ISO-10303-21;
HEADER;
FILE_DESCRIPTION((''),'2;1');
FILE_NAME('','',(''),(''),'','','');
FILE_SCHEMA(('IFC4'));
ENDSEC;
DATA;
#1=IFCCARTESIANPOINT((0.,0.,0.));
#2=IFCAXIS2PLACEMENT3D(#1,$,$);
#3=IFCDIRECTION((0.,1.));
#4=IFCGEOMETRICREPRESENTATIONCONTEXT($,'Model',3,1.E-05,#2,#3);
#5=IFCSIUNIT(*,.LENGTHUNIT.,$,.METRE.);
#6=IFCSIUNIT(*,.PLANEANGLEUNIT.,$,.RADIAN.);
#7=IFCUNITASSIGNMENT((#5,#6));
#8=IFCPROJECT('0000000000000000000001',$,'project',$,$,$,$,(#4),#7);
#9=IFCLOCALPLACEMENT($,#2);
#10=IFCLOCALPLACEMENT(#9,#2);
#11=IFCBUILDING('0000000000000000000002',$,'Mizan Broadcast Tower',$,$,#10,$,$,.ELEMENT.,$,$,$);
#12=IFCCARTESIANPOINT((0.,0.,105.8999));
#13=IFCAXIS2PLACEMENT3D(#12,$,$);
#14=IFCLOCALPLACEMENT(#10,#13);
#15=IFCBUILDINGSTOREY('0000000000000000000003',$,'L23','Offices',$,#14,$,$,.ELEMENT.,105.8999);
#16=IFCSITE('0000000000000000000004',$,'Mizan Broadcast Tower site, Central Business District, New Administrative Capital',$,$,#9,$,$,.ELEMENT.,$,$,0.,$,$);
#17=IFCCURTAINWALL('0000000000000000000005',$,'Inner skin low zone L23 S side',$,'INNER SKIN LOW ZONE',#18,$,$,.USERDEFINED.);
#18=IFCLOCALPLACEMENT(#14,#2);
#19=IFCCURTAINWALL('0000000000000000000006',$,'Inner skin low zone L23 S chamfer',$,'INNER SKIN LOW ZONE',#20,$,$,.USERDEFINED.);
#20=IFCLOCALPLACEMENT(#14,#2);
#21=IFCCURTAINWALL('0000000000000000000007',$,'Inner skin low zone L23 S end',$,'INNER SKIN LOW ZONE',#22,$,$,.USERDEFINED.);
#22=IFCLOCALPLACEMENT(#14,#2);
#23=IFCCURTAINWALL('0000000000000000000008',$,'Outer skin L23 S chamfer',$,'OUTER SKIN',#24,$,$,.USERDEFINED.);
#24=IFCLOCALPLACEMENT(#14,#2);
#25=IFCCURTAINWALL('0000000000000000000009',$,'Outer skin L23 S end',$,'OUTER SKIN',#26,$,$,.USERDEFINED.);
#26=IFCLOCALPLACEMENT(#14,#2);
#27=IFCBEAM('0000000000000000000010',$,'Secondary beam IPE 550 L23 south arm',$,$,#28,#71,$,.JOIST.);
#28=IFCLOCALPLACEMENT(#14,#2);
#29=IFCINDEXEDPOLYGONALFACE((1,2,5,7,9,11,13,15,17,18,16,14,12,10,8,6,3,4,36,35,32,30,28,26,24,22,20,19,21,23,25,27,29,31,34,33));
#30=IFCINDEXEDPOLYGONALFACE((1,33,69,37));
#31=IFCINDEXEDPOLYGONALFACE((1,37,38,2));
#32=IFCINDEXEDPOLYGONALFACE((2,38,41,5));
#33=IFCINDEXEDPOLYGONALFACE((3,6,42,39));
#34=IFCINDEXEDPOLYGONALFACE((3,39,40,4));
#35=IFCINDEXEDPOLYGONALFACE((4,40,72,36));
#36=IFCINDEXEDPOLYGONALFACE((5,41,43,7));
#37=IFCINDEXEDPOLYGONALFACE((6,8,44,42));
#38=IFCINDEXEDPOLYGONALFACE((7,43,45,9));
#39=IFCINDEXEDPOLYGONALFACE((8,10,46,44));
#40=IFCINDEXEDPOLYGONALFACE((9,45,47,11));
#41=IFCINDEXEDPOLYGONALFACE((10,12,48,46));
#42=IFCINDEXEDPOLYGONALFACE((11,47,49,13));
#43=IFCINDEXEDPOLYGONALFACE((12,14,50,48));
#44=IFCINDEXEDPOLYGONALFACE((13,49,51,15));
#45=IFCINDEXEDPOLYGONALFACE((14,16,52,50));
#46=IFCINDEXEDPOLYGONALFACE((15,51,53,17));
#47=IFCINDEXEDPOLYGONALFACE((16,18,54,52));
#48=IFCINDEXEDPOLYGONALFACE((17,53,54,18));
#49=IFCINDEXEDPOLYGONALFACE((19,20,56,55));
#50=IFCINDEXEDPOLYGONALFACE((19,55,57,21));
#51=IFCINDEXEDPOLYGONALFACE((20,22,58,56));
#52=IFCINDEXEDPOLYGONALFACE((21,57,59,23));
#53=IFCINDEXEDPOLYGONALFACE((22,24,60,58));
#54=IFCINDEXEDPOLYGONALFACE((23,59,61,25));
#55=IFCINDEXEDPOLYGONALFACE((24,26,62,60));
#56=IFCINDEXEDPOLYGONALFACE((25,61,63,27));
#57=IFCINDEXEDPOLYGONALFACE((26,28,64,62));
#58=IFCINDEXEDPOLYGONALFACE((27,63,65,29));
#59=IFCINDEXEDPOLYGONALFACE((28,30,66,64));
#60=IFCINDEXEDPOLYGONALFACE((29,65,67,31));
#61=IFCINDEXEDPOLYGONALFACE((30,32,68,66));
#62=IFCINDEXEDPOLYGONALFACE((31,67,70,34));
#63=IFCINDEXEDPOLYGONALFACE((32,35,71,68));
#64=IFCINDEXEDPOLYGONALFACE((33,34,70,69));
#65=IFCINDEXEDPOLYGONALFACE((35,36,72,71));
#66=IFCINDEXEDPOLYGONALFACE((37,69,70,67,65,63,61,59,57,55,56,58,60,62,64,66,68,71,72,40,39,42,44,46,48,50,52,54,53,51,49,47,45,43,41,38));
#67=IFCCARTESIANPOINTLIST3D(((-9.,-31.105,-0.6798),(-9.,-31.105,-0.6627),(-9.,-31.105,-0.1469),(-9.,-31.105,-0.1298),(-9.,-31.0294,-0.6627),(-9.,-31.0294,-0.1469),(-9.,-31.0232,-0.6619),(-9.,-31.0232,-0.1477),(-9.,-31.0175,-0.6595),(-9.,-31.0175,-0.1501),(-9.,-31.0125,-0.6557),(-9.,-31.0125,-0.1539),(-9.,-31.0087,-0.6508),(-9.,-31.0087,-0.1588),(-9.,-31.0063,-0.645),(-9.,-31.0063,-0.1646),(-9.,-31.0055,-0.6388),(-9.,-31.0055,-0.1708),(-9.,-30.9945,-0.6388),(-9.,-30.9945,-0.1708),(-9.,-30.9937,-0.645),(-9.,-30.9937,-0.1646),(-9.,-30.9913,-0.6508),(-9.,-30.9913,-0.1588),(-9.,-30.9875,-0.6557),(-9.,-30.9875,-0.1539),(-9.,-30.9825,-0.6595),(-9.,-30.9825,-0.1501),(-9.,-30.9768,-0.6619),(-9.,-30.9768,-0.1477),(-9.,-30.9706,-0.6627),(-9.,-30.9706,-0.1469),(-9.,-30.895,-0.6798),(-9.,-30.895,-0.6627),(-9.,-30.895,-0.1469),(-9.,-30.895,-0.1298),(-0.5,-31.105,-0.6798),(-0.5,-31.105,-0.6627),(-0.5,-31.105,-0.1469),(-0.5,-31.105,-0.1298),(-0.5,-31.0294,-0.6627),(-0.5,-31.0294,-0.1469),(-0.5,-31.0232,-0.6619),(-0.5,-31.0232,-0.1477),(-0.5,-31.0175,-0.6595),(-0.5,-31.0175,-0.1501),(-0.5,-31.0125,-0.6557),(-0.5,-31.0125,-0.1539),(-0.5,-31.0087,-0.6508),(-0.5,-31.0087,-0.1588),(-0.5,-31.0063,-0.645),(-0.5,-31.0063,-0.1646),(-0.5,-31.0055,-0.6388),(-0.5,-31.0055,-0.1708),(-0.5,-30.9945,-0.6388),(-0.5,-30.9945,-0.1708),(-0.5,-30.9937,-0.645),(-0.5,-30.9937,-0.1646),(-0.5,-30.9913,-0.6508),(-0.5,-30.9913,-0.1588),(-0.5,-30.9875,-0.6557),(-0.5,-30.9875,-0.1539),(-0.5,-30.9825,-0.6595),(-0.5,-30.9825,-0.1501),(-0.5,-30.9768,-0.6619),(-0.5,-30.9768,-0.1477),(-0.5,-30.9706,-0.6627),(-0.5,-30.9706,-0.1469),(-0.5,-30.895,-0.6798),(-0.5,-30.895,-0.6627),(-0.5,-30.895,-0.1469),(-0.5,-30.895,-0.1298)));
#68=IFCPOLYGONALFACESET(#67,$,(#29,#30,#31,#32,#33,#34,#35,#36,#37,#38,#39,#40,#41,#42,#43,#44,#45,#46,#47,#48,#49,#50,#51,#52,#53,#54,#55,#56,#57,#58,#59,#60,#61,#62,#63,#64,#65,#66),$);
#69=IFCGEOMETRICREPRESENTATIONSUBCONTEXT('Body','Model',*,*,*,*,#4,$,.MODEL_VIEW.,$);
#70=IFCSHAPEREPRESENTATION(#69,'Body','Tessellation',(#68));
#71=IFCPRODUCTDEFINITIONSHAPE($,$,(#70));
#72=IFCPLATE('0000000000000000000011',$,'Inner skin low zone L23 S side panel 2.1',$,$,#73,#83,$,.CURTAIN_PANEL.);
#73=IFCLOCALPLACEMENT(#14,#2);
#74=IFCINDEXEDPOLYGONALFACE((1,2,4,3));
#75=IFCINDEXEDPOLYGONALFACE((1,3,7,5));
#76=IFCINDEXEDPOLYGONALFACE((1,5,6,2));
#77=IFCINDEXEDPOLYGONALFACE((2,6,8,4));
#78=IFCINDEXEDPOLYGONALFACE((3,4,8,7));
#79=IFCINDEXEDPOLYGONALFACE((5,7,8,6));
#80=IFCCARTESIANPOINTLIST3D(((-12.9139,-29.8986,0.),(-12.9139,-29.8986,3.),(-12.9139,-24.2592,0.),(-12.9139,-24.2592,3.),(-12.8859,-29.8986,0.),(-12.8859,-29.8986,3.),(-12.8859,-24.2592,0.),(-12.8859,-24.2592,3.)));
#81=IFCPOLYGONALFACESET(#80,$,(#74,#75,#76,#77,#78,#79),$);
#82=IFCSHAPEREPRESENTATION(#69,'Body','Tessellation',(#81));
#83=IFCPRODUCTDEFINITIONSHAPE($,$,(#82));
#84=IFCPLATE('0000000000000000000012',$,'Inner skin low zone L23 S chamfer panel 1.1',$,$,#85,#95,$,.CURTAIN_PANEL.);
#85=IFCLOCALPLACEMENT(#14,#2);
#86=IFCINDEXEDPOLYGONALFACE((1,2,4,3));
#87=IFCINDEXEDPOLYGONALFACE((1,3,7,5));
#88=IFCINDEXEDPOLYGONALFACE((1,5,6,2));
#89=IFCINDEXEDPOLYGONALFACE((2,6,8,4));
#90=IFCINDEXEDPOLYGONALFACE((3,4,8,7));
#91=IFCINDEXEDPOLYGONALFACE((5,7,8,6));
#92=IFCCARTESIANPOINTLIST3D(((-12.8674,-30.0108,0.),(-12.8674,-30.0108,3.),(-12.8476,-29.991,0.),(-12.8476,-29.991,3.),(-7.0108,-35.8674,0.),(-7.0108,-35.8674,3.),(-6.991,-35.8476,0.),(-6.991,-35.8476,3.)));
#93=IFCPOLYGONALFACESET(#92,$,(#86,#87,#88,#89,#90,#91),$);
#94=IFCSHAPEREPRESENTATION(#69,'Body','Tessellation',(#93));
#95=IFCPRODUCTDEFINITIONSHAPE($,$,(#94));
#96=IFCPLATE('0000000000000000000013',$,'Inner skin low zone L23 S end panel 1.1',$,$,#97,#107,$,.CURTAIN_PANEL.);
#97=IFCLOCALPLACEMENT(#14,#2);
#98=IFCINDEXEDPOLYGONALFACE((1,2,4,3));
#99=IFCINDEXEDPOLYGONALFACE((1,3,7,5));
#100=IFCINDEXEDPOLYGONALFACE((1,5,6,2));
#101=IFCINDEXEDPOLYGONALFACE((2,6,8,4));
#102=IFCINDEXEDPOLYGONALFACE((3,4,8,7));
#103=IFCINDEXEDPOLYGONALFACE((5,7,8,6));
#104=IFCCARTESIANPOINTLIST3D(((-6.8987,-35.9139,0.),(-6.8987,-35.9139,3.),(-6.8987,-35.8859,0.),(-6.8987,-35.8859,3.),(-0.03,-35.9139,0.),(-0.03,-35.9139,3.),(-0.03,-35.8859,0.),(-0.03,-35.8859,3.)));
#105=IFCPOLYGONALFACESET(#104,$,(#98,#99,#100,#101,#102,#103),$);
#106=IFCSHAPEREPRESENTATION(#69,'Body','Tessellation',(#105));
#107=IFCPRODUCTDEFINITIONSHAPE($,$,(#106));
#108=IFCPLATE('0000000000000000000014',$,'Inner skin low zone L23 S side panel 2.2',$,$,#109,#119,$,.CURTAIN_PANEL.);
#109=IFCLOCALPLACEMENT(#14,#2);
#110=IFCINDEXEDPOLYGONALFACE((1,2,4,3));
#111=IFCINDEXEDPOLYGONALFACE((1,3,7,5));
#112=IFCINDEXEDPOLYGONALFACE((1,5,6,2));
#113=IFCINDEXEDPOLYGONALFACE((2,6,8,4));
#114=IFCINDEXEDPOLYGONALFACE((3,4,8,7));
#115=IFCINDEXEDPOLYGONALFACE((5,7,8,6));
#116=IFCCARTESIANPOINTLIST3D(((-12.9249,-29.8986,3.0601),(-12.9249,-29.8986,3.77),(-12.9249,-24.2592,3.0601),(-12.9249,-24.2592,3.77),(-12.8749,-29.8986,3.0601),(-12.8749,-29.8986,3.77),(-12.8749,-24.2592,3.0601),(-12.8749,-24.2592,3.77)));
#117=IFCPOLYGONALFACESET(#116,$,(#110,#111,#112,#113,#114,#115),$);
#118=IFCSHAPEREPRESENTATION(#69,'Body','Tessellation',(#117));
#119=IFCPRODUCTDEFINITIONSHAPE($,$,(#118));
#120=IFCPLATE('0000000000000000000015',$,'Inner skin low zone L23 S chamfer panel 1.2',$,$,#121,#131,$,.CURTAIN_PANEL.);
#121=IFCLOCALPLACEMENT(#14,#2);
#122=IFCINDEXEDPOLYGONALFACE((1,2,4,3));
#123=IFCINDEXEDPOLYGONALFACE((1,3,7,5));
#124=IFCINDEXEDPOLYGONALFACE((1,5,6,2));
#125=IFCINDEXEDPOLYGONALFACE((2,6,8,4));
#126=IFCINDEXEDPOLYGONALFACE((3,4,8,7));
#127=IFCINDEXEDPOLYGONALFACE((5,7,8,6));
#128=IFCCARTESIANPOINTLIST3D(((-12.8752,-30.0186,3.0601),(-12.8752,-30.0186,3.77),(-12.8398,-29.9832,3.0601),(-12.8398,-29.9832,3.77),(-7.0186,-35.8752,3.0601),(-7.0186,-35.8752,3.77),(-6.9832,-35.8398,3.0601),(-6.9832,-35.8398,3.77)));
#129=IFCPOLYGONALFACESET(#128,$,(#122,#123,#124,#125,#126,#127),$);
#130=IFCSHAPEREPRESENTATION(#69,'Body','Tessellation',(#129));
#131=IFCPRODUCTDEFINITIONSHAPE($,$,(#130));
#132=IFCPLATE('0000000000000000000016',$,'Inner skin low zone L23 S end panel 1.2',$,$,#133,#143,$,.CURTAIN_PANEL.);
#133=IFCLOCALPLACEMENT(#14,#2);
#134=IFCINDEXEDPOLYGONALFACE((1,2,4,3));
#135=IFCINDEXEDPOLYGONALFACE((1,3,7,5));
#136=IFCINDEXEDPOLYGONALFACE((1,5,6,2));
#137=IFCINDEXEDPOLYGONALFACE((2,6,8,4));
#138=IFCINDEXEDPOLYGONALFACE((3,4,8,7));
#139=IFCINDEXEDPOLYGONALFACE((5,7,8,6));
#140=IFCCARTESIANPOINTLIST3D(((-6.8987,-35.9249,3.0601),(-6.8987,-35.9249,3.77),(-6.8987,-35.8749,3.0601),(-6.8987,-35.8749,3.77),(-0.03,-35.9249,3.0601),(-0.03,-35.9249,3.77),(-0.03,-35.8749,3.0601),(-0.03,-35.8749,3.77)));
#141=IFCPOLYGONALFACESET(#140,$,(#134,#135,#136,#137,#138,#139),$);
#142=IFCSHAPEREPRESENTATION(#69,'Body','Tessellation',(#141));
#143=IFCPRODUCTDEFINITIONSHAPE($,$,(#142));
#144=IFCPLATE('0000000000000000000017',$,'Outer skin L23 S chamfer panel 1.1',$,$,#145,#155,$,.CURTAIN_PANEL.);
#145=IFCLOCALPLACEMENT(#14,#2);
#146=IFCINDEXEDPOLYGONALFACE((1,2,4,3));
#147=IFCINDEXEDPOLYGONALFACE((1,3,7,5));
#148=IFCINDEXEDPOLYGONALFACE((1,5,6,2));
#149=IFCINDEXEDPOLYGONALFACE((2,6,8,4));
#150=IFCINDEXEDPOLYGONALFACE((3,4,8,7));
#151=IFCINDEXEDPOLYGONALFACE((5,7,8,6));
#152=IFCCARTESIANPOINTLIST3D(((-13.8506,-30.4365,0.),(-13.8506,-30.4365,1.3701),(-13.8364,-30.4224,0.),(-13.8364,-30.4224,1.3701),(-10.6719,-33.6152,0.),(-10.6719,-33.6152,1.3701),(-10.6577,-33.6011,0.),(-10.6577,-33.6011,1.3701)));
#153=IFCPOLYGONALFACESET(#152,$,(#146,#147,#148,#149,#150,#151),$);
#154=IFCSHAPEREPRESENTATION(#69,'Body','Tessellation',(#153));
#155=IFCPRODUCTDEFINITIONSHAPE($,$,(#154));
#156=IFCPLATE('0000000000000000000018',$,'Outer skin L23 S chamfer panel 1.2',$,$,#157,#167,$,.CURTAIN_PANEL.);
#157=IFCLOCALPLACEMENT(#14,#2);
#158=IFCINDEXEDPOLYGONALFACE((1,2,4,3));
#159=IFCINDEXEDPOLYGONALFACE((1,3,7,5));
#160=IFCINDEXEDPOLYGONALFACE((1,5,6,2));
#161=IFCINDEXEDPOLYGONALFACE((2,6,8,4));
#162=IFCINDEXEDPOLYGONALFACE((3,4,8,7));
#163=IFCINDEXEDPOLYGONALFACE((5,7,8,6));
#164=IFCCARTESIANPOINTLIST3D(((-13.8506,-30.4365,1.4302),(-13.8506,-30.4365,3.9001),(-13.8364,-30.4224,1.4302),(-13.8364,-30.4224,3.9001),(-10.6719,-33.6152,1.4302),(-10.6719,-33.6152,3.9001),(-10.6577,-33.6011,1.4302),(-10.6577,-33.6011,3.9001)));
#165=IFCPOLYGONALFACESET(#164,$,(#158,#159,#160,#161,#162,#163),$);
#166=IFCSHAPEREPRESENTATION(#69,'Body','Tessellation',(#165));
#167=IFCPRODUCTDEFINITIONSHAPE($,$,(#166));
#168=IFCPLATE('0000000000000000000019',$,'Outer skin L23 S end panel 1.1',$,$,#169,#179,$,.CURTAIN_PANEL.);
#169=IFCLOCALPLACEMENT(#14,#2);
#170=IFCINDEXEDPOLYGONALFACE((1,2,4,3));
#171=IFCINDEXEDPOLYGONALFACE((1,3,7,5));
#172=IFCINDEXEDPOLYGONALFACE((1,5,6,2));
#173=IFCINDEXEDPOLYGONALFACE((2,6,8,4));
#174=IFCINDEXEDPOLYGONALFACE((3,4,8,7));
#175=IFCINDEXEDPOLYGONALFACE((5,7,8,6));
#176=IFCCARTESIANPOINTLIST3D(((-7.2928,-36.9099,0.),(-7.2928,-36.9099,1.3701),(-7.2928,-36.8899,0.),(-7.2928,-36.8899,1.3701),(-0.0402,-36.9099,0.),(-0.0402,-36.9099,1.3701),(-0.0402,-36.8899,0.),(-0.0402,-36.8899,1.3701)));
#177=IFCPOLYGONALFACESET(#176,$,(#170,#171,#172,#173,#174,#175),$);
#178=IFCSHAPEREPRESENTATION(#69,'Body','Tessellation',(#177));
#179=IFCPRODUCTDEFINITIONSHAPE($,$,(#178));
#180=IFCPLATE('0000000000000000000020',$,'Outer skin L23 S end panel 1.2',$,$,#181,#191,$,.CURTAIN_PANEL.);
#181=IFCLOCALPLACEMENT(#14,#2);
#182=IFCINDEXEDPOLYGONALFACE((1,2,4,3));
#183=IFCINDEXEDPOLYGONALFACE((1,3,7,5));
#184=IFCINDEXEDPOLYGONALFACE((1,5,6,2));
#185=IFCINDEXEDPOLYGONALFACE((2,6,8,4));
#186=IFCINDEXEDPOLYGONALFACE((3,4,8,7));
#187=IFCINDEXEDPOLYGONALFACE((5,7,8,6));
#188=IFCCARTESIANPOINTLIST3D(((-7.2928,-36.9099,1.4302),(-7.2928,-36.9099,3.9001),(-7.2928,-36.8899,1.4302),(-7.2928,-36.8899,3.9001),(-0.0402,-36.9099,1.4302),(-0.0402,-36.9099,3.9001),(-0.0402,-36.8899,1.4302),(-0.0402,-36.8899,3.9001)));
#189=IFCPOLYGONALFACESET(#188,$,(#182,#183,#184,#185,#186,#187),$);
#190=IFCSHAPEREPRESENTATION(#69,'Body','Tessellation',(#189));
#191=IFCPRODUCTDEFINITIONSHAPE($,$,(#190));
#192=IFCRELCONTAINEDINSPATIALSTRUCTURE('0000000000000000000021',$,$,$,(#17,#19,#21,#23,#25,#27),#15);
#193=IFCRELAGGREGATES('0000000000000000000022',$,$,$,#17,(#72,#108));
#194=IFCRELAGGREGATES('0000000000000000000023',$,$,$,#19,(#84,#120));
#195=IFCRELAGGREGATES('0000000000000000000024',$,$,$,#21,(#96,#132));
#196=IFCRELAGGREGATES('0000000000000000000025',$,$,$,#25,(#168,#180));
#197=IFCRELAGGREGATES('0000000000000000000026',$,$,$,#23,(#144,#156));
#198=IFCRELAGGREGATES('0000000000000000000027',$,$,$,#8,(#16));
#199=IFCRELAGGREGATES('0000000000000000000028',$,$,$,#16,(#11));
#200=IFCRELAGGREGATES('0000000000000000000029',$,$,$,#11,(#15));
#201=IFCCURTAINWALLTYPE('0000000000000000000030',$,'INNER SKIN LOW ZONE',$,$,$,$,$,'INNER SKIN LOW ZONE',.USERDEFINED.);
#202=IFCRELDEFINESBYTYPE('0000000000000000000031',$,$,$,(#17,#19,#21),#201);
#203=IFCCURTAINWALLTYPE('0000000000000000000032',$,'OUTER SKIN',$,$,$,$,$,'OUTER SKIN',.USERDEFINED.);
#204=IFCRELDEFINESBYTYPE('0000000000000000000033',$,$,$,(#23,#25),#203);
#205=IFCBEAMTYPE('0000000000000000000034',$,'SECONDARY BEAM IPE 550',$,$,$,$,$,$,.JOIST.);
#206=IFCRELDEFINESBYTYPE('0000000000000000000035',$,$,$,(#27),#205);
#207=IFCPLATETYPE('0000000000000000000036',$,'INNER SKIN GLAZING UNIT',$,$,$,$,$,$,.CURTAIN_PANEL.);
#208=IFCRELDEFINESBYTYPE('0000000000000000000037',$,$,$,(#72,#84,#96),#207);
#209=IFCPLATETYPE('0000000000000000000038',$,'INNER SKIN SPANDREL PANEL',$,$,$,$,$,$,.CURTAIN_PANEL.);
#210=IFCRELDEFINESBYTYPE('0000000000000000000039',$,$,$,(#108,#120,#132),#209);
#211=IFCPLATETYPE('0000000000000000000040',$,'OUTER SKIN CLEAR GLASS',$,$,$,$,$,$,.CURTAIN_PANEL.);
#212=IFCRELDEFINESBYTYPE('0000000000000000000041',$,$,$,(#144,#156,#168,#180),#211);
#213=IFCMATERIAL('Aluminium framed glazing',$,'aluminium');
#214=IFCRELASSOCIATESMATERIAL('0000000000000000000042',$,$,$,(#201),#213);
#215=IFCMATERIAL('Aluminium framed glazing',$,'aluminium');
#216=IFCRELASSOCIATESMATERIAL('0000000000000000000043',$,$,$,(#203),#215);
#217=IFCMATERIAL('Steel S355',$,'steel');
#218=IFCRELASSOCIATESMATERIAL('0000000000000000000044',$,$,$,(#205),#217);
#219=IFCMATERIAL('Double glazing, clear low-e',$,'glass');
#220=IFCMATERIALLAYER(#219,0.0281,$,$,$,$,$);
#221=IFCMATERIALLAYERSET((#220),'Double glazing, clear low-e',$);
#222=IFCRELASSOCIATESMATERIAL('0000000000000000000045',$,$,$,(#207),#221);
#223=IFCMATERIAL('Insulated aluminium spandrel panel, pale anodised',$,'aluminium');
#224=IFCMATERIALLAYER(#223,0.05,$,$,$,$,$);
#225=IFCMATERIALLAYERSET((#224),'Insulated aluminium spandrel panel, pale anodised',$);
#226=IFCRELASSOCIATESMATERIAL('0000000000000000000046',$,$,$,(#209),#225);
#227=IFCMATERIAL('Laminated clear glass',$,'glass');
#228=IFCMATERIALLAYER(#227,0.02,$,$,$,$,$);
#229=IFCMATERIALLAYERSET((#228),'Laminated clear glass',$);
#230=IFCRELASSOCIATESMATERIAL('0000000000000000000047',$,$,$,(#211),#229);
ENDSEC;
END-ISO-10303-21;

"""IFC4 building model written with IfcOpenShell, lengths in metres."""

from ifc_helpers import new_model, si_unit, direction, frame, origin, origin_2d, place, context, subcontext, project, spatial, rectangle, i_section, extrude, material, layer, layer_set, material_profile, profile_set, type_object, element, aggregate, save


model = new_model("IFC4")

# Units and contexts
model_context = context("Model", 3, precision=1e-05, world=origin(), true_north=direction((0.0, 1.0)))
body_context = subcontext(model_context, "Body", "Model", "MODEL_VIEW")
ifc_project = project(units=[si_unit("LENGTHUNIT", "METRE"), si_unit("PLANEANGLEUNIT", "RADIAN")], contexts=[model_context])

# Site, building, storey
site_placement = place(None, origin())
site = spatial("IfcSite", under=ifc_project, at=site_placement, Name="Mizan Broadcast Tower site, Central Business District, New Administrative Capital", CompositionType="ELEMENT", RefElevation=0.0)
building_placement = place(site_placement, origin())
building = spatial("IfcBuilding", under=site, at=building_placement, Name="Mizan Broadcast Tower", CompositionType="ELEMENT")
storey_placement = place(building_placement, frame((0.0, 0.0, 105.8999)))
storey = spatial("IfcBuildingStorey", under=building, at=storey_placement, Name="L23", Description="Offices", CompositionType="ELEMENT", Elevation=105.8999)

# Curtain wall
ifc_material_1 = material(Name="Aluminium framed glazing", Category="aluminium")
curtain_wall_type_1 = type_object("IfcCurtainWallType", Name="INNER SKIN LOW ZONE", ElementType="INNER SKIN LOW ZONE", PredefinedType="USERDEFINED", material=ifc_material_1)
curtain_wall_1_placement = place(storey_placement, origin())
curtain_wall_1 = element("IfcCurtainWall", 1, at=curtain_wall_1_placement, inside=storey, type_object=curtain_wall_type_1, Name="Inner skin low zone L23 S side", ObjectType="INNER SKIN LOW ZONE", PredefinedType="USERDEFINED")

# Curtain wall
curtain_wall_2_placement = place(storey_placement, origin())
curtain_wall_2 = element("IfcCurtainWall", 2, at=curtain_wall_2_placement, inside=storey, type_object=curtain_wall_type_1, Name="Inner skin low zone L23 S chamfer", ObjectType="INNER SKIN LOW ZONE", PredefinedType="USERDEFINED")

# Curtain wall
curtain_wall_3_placement = place(storey_placement, origin())
curtain_wall_3 = element("IfcCurtainWall", 3, at=curtain_wall_3_placement, inside=storey, type_object=curtain_wall_type_1, Name="Inner skin low zone L23 S end", ObjectType="INNER SKIN LOW ZONE", PredefinedType="USERDEFINED")

# Curtain wall
ifc_material_2 = material(Name="Aluminium framed glazing", Category="aluminium")
curtain_wall_type_2 = type_object("IfcCurtainWallType", Name="OUTER SKIN", ElementType="OUTER SKIN", PredefinedType="USERDEFINED", material=ifc_material_2)
curtain_wall_4_placement = place(storey_placement, origin())
curtain_wall_4 = element("IfcCurtainWall", 4, at=curtain_wall_4_placement, inside=storey, type_object=curtain_wall_type_2, Name="Outer skin L23 S chamfer", ObjectType="OUTER SKIN", PredefinedType="USERDEFINED")

# Curtain wall
curtain_wall_5_placement = place(storey_placement, origin())
curtain_wall_5 = element("IfcCurtainWall", 5, at=curtain_wall_5_placement, inside=storey, type_object=curtain_wall_type_2, Name="Outer skin L23 S end", ObjectType="OUTER SKIN", PredefinedType="USERDEFINED")

# Beam
ifc_material_3 = material(Name="Steel S355", Category="steel")
ifc_material_profile_1 = material_profile(ifc_material_3, i_section(OverallWidth=0.21, OverallDepth=0.55, WebThickness=0.011, FlangeThickness=0.0171, FilletRadius=0.0239, at=origin_2d()), Name="IPE 550")
ifc_profile_set_1 = profile_set([ifc_material_profile_1], Name="Steel S355")
beam_type_1 = type_object("IfcBeamType", Name="SECONDARY BEAM IPE 550", PredefinedType="JOIST", material=ifc_profile_set_1)
beam_1_placement = place(storey_placement, frame((-9.0, -31.0, -0.4048), z_axis=(1.0, 0.0, 0.0), x_axis=(0.0, 1.0, 0.0)))
element("IfcBeam", 6, at=beam_1_placement, inside=storey, type_object=beam_type_1, Name="Secondary beam IPE 550 L23 south arm", PredefinedType="JOIST", context=body_context, shape_type="SweptSolid", body=[
    extrude(i_section(OverallWidth=0.21, OverallDepth=0.55, WebThickness=0.011, FlangeThickness=0.0171, FilletRadius=0.0239, at=origin_2d()), origin(), (0.0, 0.0, 1.0), 8.5),
])

# Plates
ifc_material_4 = material(Name="Double glazing, clear low-e", Category="glass")
ifc_layer_1 = layer(ifc_material_4, 0.0281)
ifc_layer_set_1 = layer_set([ifc_layer_1], Name="Double glazing, clear low-e")
plate_type_1 = type_object("IfcPlateType", Name="INNER SKIN GLAZING UNIT", PredefinedType="CURTAIN_PANEL", material=ifc_layer_set_1)
plate_1_placement = place(storey_placement, frame((-12.8999, -27.0789, 0.0), z_axis=(0.0, 0.0, 1.0), x_axis=(0.0, -1.0, 0.0)))
plate_1 = element("IfcPlate", 7, at=plate_1_placement, type_object=plate_type_1, Name="Inner skin low zone L23 S side panel 2.1", PredefinedType="CURTAIN_PANEL", context=body_context, shape_type="SweptSolid", body=[
    extrude(rectangle(XDim=5.6394, YDim=0.0281, at=origin_2d()), origin(), (0.0, 0.0, 1.0), 3.0),
])
plate_2_placement = place(storey_placement, frame((-9.9292, -32.9292, 0.0), z_axis=(0.0, 0.0, 1.0), x_axis=(0.707107, -0.707107, 0.0)))
plate_2 = element("IfcPlate", 8, at=plate_2_placement, type_object=plate_type_1, Name="Inner skin low zone L23 S chamfer panel 1.1", PredefinedType="CURTAIN_PANEL", context=body_context, shape_type="SweptSolid", body=[
    extrude(rectangle(XDim=8.2825, YDim=0.0281, at=origin_2d()), origin(), (0.0, 0.0, 1.0), 3.0),
])
plate_3_placement = place(storey_placement, frame((-3.4644, -35.8999, 0.0), z_axis=(0.0, 0.0, 1.0), x_axis=(1.0, 0.0, 0.0)))
plate_3 = element("IfcPlate", 9, at=plate_3_placement, type_object=plate_type_1, Name="Inner skin low zone L23 S end panel 1.1", PredefinedType="CURTAIN_PANEL", context=body_context, shape_type="SweptSolid", body=[
    extrude(rectangle(XDim=6.8687, YDim=0.0281, at=origin_2d()), origin(), (0.0, 0.0, 1.0), 3.0),
])
ifc_material_5 = material(Name="Insulated aluminium spandrel panel, pale anodised", Category="aluminium")
ifc_layer_2 = layer(ifc_material_5, 0.05)
ifc_layer_set_2 = layer_set([ifc_layer_2], Name="Insulated aluminium spandrel panel, pale anodised")
plate_type_2 = type_object("IfcPlateType", Name="INNER SKIN SPANDREL PANEL", PredefinedType="CURTAIN_PANEL", material=ifc_layer_set_2)
plate_4_placement = place(storey_placement, frame((-12.8999, -27.0789, 3.0601), z_axis=(0.0, 0.0, 1.0), x_axis=(0.0, -1.0, 0.0)))
plate_4 = element("IfcPlate", 10, at=plate_4_placement, type_object=plate_type_2, Name="Inner skin low zone L23 S side panel 2.2", PredefinedType="CURTAIN_PANEL", context=body_context, shape_type="SweptSolid", body=[
    extrude(rectangle(XDim=5.6394, YDim=0.05, at=origin_2d()), origin(), (0.0, 0.0, 1.0), 0.71),
])
aggregate(curtain_wall_1, [plate_1, plate_4])
plate_5_placement = place(storey_placement, frame((-9.9292, -32.9292, 3.0601), z_axis=(0.0, 0.0, 1.0), x_axis=(0.707107, -0.707107, 0.0)))
plate_5 = element("IfcPlate", 11, at=plate_5_placement, type_object=plate_type_2, Name="Inner skin low zone L23 S chamfer panel 1.2", PredefinedType="CURTAIN_PANEL", context=body_context, shape_type="SweptSolid", body=[
    extrude(rectangle(XDim=8.2825, YDim=0.05, at=origin_2d()), origin(), (0.0, 0.0, 1.0), 0.71),
])
aggregate(curtain_wall_2, [plate_2, plate_5])
plate_6_placement = place(storey_placement, frame((-3.4644, -35.8999, 3.0601), z_axis=(0.0, 0.0, 1.0), x_axis=(1.0, 0.0, 0.0)))
plate_6 = element("IfcPlate", 12, at=plate_6_placement, type_object=plate_type_2, Name="Inner skin low zone L23 S end panel 1.2", PredefinedType="CURTAIN_PANEL", context=body_context, shape_type="SweptSolid", body=[
    extrude(rectangle(XDim=6.8687, YDim=0.05, at=origin_2d()), origin(), (0.0, 0.0, 1.0), 0.71),
])
aggregate(curtain_wall_3, [plate_3, plate_6])
ifc_material_6 = material(Name="Laminated clear glass", Category="glass")
ifc_layer_3 = layer(ifc_material_6, 0.02)
ifc_layer_set_3 = layer_set([ifc_layer_3], Name="Laminated clear glass")
plate_type_3 = type_object("IfcPlateType", Name="OUTER SKIN CLEAR GLASS", PredefinedType="CURTAIN_PANEL", material=ifc_layer_set_3)
plate_7_placement = place(storey_placement, frame((-12.2542, -32.0188, 0.0), z_axis=(0.0, 0.0, 1.0), x_axis=(0.707107, -0.707107, 0.0)))
plate_7 = element("IfcPlate", 13, at=plate_7_placement, type_object=plate_type_3, Name="Outer skin L23 S chamfer panel 1.1", PredefinedType="CURTAIN_PANEL", context=body_context, shape_type="SweptSolid", body=[
    extrude(rectangle(XDim=4.4954, YDim=0.02, at=origin_2d()), origin(), (0.0, 0.0, 1.0), 1.3701),
])
plate_8_placement = place(storey_placement, frame((-12.2542, -32.0188, 1.4302), z_axis=(0.0, 0.0, 1.0), x_axis=(0.707107, -0.707107, 0.0)))
plate_8 = element("IfcPlate", 14, at=plate_8_placement, type_object=plate_type_3, Name="Outer skin L23 S chamfer panel 1.2", PredefinedType="CURTAIN_PANEL", context=body_context, shape_type="SweptSolid", body=[
    extrude(rectangle(XDim=4.4954, YDim=0.02, at=origin_2d()), origin(), (0.0, 0.0, 1.0), 2.47),
])
plate_9_placement = place(storey_placement, frame((-3.6665, -36.8999, 0.0), z_axis=(0.0, 0.0, 1.0), x_axis=(1.0, 0.0, 0.0)))
plate_9 = element("IfcPlate", 15, at=plate_9_placement, type_object=plate_type_3, Name="Outer skin L23 S end panel 1.1", PredefinedType="CURTAIN_PANEL", context=body_context, shape_type="SweptSolid", body=[
    extrude(rectangle(XDim=7.2527, YDim=0.02, at=origin_2d()), origin(), (0.0, 0.0, 1.0), 1.3701),
])
plate_10_placement = place(storey_placement, frame((-3.6665, -36.8999, 1.4302), z_axis=(0.0, 0.0, 1.0), x_axis=(1.0, 0.0, 0.0)))
plate_10 = element("IfcPlate", 16, at=plate_10_placement, type_object=plate_type_3, Name="Outer skin L23 S end panel 1.2", PredefinedType="CURTAIN_PANEL", context=body_context, shape_type="SweptSolid", body=[
    extrude(rectangle(XDim=7.2527, YDim=0.02, at=origin_2d()), origin(), (0.0, 0.0, 1.0), 2.47),
])
aggregate(curtain_wall_5, [plate_9, plate_10])
aggregate(curtain_wall_4, [plate_7, plate_8])

save(model, "model.ifc")
